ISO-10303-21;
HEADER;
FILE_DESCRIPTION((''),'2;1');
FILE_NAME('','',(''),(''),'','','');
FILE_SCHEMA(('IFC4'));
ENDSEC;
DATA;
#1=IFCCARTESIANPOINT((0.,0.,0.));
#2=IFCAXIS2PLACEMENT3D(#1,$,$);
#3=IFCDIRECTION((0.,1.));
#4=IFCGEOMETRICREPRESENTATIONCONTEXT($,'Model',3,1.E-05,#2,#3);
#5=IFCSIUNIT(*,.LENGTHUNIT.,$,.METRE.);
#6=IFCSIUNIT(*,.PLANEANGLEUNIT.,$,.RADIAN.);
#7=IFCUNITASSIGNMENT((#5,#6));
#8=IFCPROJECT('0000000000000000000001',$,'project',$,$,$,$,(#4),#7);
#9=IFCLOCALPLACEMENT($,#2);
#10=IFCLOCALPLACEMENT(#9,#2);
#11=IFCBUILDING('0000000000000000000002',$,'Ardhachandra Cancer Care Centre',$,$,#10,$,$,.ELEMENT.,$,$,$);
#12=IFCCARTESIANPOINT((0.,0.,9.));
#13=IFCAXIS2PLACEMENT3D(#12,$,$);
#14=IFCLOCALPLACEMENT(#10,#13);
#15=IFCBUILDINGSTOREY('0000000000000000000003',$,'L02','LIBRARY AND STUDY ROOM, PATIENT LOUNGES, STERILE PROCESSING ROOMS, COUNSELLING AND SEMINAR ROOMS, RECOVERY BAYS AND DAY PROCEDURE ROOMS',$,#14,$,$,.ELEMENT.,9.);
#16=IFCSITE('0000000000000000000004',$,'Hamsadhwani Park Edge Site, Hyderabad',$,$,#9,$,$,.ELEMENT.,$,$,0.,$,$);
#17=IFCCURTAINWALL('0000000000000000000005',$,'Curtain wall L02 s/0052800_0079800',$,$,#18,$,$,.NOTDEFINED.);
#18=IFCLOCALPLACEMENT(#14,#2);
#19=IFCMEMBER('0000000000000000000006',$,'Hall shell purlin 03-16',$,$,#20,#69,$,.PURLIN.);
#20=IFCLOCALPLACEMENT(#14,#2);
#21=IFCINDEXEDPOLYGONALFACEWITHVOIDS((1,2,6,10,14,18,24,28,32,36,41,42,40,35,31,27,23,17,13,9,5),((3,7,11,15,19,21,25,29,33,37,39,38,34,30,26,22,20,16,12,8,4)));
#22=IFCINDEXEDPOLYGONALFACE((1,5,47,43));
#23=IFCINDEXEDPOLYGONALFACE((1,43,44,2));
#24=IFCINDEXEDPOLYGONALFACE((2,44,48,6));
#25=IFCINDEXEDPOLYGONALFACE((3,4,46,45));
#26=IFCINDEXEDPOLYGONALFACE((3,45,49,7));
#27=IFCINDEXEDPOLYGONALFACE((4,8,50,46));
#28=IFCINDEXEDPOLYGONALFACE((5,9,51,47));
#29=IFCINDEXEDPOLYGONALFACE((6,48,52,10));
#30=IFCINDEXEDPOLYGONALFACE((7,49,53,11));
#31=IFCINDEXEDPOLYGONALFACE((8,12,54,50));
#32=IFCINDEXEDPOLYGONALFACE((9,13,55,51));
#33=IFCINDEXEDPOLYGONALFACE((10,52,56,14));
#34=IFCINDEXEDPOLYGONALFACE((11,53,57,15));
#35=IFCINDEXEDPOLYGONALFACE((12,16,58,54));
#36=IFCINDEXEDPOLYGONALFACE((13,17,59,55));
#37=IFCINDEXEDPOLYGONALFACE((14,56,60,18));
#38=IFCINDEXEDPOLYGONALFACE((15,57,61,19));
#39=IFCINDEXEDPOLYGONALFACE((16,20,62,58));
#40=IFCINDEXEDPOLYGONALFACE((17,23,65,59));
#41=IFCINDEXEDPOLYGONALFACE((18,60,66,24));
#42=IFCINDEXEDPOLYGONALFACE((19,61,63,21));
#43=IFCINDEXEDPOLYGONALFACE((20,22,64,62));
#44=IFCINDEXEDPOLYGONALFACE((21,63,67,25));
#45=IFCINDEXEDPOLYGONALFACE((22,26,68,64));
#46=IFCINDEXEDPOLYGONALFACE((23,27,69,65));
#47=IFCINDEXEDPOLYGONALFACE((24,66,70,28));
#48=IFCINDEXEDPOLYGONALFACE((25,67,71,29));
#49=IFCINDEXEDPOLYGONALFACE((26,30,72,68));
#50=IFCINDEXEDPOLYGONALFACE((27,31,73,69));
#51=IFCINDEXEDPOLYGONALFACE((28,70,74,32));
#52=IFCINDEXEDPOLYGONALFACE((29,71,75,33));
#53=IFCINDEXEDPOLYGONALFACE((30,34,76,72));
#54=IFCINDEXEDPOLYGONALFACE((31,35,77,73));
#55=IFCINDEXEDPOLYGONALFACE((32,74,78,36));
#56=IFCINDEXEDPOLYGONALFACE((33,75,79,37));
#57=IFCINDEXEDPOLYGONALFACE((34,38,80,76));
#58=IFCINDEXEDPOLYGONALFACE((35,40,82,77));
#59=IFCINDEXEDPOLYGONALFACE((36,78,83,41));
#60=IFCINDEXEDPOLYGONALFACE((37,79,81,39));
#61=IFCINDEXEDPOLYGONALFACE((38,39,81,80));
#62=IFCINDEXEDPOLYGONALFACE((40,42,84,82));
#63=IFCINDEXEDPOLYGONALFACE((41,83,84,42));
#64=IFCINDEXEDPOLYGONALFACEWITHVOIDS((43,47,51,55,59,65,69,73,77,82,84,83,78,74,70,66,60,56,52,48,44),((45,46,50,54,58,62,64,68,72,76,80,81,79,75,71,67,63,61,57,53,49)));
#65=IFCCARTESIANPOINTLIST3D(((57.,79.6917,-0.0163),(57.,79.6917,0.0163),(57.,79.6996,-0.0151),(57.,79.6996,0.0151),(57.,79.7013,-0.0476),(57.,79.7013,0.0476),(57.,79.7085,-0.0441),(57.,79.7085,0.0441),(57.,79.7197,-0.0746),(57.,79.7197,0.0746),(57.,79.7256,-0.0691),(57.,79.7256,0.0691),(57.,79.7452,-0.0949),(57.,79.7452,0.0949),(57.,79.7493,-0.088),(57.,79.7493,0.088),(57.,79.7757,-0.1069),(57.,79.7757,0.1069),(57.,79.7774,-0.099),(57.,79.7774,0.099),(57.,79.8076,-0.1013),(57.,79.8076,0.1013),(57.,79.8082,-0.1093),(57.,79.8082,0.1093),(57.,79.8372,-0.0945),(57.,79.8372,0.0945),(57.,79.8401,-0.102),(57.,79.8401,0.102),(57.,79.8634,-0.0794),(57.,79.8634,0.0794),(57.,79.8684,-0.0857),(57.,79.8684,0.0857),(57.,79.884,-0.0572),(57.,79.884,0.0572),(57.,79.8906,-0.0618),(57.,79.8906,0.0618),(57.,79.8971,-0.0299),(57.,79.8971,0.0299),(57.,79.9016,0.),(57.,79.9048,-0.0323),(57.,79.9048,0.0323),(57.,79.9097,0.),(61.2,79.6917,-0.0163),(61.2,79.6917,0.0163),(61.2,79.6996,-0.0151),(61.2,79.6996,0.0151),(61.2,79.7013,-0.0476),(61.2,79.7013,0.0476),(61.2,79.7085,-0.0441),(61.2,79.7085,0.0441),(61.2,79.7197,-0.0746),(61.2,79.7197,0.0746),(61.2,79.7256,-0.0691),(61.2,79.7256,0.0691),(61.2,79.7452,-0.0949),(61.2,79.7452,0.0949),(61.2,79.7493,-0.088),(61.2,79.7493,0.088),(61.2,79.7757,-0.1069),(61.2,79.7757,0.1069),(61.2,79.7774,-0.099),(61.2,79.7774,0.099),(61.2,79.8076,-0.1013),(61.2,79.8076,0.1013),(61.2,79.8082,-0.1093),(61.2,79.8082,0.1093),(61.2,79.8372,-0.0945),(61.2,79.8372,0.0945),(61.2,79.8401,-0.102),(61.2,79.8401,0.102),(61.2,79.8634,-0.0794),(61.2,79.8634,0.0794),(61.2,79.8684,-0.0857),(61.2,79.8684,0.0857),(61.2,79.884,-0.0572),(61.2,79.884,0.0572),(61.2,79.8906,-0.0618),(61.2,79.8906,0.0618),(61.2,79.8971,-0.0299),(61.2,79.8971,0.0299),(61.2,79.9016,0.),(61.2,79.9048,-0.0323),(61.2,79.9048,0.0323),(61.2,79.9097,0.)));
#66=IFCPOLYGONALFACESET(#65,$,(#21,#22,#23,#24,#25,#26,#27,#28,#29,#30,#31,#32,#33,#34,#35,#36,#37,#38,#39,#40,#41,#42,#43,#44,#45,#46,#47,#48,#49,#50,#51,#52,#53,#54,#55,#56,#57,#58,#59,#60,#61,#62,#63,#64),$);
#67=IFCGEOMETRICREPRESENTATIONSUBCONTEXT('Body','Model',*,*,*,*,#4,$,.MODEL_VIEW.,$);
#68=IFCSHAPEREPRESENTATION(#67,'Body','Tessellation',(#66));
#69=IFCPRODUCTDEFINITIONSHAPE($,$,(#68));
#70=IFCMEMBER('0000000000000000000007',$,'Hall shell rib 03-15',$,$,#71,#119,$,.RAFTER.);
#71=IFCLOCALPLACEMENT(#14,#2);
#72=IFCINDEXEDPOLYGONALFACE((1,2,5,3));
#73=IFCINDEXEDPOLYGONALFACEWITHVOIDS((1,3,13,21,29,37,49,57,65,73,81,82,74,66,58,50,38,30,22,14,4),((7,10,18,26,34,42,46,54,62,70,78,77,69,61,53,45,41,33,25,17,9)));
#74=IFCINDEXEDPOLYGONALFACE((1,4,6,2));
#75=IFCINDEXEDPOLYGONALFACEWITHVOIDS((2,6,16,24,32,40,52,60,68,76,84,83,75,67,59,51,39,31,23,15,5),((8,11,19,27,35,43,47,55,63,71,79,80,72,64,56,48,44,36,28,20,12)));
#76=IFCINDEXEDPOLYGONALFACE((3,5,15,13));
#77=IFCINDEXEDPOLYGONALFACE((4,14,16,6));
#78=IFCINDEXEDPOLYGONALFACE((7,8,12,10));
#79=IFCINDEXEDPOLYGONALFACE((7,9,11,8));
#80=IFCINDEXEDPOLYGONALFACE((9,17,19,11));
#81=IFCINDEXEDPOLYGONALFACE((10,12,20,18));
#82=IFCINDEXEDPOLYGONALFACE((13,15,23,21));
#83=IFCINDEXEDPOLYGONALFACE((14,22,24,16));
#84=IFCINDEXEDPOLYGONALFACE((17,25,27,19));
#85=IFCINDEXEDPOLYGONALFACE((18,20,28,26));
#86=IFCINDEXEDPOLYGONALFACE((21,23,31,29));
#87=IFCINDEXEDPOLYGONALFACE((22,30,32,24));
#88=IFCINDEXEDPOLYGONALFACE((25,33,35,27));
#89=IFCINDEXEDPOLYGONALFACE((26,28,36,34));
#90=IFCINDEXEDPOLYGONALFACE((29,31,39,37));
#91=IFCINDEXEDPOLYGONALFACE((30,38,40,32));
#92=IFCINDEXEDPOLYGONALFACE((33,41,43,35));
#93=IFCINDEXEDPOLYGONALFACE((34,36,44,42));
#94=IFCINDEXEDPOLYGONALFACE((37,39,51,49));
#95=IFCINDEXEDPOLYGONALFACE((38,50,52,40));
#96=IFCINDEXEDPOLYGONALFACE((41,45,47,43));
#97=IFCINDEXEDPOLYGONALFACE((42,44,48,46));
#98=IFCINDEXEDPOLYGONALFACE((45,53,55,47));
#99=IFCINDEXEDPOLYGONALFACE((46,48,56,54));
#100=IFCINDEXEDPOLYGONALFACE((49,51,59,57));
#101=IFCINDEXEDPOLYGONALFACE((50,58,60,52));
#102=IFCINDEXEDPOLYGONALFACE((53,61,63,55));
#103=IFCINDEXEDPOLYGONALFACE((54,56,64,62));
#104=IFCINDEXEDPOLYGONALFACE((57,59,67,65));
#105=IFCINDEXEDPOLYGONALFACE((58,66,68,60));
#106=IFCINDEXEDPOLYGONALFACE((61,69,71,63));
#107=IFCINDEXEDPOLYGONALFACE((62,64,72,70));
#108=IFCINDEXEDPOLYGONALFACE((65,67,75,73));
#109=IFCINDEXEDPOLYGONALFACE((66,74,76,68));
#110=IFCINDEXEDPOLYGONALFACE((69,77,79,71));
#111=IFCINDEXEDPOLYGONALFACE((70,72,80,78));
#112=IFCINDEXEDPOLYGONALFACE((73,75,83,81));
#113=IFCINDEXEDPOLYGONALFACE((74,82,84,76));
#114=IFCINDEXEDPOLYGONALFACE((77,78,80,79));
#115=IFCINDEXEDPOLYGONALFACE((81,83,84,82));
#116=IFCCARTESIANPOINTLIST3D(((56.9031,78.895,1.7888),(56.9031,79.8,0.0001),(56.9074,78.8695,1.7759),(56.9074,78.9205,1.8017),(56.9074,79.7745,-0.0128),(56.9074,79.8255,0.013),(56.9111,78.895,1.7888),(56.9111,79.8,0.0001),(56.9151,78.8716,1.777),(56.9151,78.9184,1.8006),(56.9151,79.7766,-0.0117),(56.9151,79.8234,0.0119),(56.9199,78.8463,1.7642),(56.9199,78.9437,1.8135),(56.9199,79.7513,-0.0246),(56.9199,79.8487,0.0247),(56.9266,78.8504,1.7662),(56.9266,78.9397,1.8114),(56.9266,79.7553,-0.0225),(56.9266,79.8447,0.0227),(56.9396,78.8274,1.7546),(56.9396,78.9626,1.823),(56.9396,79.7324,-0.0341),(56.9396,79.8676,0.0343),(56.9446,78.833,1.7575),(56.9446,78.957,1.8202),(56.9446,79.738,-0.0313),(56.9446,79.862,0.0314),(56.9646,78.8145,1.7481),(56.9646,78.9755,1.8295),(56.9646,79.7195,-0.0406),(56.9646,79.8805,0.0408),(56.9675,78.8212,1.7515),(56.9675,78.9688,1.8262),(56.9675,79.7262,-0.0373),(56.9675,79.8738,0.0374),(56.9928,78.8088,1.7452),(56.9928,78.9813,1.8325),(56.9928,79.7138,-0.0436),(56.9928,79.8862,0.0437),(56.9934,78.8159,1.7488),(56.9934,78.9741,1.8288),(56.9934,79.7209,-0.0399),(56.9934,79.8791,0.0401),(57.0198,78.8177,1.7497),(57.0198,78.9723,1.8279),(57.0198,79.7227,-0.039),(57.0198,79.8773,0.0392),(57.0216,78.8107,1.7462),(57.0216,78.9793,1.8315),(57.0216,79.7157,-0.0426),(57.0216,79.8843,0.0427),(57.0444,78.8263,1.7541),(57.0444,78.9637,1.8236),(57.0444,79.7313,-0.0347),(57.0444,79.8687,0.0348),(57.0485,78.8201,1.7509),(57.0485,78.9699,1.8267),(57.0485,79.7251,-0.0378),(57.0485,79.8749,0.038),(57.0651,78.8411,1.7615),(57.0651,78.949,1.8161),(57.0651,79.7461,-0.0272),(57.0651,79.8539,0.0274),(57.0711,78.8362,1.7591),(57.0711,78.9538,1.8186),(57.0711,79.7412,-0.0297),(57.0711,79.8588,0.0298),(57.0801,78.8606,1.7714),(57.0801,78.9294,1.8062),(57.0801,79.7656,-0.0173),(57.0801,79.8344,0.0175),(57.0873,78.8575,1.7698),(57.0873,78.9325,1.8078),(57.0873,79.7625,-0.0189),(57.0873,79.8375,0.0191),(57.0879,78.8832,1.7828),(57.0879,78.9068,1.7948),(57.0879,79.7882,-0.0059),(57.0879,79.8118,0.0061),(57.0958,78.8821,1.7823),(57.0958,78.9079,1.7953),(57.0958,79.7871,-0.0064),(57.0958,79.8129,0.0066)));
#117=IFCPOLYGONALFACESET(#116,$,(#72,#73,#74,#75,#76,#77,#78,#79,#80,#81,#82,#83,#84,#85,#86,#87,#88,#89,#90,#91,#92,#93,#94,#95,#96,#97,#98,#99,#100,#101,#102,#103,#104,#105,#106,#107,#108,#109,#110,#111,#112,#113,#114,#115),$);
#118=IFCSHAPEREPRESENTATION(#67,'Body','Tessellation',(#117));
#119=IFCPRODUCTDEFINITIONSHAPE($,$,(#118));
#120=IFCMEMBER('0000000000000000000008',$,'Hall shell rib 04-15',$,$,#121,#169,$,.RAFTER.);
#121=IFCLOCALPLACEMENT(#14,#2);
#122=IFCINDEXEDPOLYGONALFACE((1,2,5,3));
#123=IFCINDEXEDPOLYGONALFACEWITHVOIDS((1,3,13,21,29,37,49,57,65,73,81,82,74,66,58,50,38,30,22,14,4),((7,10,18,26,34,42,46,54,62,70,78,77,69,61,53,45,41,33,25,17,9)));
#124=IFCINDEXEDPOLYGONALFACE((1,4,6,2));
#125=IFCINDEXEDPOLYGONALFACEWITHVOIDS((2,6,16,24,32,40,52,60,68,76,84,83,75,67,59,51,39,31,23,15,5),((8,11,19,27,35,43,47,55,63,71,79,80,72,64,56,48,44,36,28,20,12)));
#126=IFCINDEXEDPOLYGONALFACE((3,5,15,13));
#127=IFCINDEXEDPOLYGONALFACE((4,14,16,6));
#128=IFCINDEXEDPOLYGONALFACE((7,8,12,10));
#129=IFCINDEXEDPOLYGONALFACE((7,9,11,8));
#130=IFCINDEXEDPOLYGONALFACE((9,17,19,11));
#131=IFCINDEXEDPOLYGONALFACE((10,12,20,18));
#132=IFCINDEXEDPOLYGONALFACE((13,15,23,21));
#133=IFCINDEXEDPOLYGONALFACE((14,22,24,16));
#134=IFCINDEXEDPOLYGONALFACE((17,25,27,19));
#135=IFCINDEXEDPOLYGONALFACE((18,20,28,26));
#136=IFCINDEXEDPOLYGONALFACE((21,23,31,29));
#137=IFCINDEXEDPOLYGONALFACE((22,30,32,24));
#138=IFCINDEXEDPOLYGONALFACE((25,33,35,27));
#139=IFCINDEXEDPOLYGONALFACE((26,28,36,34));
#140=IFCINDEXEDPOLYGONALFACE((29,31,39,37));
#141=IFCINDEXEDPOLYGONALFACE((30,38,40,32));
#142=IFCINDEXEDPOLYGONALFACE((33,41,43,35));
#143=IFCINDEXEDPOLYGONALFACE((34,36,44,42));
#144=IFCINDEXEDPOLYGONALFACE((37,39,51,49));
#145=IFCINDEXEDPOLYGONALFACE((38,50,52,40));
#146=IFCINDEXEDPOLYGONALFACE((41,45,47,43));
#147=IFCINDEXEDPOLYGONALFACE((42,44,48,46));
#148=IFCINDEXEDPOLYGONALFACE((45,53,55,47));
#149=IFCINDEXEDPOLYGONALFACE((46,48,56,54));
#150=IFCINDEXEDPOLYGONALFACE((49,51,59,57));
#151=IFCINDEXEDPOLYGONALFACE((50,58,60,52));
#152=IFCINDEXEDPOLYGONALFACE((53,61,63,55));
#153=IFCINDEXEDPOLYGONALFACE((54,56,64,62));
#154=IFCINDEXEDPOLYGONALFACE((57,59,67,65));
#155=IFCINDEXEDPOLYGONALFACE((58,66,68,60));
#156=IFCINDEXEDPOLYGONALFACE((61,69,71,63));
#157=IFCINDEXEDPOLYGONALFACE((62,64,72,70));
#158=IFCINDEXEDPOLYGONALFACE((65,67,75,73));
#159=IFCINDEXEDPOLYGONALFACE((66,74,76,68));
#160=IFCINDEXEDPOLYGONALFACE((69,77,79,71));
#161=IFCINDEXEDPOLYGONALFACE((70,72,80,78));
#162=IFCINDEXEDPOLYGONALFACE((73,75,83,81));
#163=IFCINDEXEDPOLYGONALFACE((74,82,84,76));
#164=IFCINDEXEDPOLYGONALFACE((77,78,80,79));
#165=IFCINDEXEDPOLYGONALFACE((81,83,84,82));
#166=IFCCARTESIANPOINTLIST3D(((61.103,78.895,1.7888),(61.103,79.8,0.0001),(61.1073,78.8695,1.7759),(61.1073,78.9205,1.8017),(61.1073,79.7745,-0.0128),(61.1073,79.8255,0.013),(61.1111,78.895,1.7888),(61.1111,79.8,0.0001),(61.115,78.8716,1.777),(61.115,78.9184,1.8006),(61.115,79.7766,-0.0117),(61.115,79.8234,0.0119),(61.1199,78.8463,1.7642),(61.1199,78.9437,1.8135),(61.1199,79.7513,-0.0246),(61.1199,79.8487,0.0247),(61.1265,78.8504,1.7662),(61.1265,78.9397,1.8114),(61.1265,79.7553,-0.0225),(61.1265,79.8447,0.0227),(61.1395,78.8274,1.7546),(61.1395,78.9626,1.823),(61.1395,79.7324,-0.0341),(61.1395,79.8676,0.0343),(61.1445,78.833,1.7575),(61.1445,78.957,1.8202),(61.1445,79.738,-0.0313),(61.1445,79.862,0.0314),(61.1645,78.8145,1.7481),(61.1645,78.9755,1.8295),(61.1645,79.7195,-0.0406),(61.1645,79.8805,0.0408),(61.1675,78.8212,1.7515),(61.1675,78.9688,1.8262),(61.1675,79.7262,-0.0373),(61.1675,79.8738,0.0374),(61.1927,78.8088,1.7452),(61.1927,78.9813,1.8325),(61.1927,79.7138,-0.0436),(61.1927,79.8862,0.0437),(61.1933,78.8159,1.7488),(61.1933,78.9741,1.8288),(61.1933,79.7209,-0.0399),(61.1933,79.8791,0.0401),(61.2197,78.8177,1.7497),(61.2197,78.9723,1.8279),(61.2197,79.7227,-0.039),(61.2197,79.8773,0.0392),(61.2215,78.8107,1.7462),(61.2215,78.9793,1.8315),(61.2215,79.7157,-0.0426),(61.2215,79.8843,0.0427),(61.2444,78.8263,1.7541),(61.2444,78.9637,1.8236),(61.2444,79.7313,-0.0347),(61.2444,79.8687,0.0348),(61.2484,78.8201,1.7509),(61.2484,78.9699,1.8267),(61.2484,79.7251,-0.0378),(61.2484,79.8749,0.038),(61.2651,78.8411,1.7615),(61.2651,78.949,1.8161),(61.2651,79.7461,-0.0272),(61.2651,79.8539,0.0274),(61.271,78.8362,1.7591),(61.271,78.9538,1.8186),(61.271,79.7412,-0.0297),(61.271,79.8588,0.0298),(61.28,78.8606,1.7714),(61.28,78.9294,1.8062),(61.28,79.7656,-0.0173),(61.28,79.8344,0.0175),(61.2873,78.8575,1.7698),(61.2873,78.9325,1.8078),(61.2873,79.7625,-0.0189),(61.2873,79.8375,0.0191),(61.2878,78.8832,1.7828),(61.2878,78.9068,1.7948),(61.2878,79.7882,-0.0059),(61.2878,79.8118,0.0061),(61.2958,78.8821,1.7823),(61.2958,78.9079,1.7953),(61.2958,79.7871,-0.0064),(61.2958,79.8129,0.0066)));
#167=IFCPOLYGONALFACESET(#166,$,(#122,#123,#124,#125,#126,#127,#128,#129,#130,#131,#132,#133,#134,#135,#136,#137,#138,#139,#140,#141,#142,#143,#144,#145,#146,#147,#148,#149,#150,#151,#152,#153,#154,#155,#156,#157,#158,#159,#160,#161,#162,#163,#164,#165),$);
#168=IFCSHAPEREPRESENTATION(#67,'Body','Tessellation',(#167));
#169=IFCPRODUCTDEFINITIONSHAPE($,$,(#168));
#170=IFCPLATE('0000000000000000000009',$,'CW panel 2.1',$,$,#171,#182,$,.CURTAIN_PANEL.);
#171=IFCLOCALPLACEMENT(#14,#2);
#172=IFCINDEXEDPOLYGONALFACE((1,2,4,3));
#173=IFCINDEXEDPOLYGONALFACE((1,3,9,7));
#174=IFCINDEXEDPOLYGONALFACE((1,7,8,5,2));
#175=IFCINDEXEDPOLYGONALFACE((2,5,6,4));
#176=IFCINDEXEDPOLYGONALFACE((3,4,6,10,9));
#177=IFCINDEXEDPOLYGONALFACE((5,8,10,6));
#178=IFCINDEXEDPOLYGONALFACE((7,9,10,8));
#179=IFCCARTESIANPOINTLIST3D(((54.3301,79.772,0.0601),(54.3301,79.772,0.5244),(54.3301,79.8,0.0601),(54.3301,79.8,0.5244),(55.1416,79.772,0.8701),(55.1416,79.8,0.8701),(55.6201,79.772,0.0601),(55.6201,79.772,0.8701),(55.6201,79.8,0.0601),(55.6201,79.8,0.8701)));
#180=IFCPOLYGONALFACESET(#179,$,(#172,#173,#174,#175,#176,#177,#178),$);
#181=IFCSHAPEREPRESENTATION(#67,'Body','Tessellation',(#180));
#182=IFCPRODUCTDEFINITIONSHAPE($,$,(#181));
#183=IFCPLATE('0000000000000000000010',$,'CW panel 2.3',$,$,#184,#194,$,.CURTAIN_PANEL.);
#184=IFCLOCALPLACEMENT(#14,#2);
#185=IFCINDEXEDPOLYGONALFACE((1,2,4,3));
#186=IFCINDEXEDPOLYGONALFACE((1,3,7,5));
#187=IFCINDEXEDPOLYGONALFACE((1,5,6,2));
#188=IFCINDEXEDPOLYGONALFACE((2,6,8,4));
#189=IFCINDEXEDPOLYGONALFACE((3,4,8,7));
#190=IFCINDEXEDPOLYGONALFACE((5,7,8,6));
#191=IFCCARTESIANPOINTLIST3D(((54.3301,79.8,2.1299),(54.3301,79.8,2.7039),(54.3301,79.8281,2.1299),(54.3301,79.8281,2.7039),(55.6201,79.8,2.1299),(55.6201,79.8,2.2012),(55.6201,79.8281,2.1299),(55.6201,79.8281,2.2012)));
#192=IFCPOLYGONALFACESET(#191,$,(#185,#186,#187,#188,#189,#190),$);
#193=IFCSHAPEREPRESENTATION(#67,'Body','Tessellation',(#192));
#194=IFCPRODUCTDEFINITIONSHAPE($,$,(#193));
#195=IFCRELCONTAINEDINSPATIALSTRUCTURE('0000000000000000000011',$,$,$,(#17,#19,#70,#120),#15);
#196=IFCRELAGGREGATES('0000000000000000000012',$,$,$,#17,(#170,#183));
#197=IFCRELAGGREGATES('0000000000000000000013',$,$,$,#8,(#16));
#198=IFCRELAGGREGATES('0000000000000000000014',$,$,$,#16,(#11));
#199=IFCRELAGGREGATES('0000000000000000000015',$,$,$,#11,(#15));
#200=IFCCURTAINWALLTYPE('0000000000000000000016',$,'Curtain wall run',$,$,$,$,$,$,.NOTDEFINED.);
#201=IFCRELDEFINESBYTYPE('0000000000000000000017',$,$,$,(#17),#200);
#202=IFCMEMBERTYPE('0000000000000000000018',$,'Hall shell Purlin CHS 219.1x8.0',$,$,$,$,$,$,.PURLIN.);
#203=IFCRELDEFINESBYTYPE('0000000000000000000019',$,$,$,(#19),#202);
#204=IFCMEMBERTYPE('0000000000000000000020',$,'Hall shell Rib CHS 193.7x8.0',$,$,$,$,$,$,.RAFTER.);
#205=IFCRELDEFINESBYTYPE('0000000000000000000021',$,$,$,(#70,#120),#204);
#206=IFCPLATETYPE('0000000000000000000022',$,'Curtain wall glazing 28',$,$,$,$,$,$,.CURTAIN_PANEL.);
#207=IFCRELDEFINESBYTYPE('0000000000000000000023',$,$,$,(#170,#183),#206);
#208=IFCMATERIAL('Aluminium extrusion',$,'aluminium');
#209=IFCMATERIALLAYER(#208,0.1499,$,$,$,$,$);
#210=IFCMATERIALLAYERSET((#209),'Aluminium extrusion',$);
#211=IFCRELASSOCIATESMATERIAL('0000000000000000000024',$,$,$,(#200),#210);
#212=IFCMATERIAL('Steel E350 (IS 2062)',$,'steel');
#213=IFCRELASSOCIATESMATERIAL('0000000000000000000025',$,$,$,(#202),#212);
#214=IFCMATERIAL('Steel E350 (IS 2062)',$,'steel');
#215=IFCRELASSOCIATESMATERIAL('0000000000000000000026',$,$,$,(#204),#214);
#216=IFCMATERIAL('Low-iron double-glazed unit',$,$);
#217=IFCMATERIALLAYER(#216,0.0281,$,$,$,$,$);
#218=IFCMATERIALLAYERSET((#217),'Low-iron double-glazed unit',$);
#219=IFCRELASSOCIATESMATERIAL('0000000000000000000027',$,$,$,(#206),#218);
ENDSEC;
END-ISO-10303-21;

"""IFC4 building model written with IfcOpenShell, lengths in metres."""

from ifc_helpers import new_model, si_unit, direction, frame, origin, origin_2d, place, context, subcontext, project, spatial, polyline, hollow_circle, outline, extrude, material, layer, layer_set, material_profile, profile_set, type_object, element, aggregate, save


model = new_model("IFC4")

# Units and contexts
model_context = context("Model", 3, precision=1e-05, world=origin(), true_north=direction((0.0, 1.0)))
body_context = subcontext(model_context, "Body", "Model", "MODEL_VIEW")
ifc_project = project(units=[si_unit("LENGTHUNIT", "METRE"), si_unit("PLANEANGLEUNIT", "RADIAN")], contexts=[model_context])

# Site, building, storey
site_placement = place(None, origin())
site = spatial("IfcSite", under=ifc_project, at=site_placement, Name="Hamsadhwani Park Edge Site, Hyderabad", CompositionType="ELEMENT", RefElevation=0.0)
building_placement = place(site_placement, origin())
building = spatial("IfcBuilding", under=site, at=building_placement, Name="Ardhachandra Cancer Care Centre", CompositionType="ELEMENT")
storey_placement = place(building_placement, frame((0.0, 0.0, 9.0)))
storey = spatial("IfcBuildingStorey", under=building, at=storey_placement, Name="L02", Description="LIBRARY AND STUDY ROOM, PATIENT LOUNGES, STERILE PROCESSING ROOMS, COUNSELLING AND SEMINAR ROOMS, RECOVERY BAYS AND DAY PROCEDURE ROOMS", CompositionType="ELEMENT", Elevation=9.0)

# Curtain wall
ifc_material_1 = material(Name="Aluminium extrusion", Category="aluminium")
ifc_layer_1 = layer(ifc_material_1, 0.1499)
ifc_layer_set_1 = layer_set([ifc_layer_1], Name="Aluminium extrusion")
curtain_wall_type = type_object("IfcCurtainWallType", Name="Curtain wall run", PredefinedType="NOTDEFINED", material=ifc_layer_set_1)
curtain_wall_placement = place(storey_placement, origin())
curtain_wall = element("IfcCurtainWall", 1, at=curtain_wall_placement, inside=storey, type_object=curtain_wall_type, Name="Curtain wall L02 s/0052800_0079800", PredefinedType="NOTDEFINED")

# Members
ifc_material_2 = material(Name="Steel E350 (IS 2062)", Category="steel")
ifc_material_profile_1 = material_profile(ifc_material_2, hollow_circle(Radius=0.1096, WallThickness=0.0081, at=origin_2d()), Name="CHS 219.1x8.0")
ifc_profile_set_1 = profile_set([ifc_material_profile_1], Name="Steel E350 (IS 2062)")
member_type_1 = type_object("IfcMemberType", Name="Hall shell Purlin CHS 219.1x8.0", PredefinedType="PURLIN", material=ifc_profile_set_1)
member_1_placement = place(storey_placement, frame((57.0, 79.8, 0.0), z_axis=(1.0, 0.0, 0.0), x_axis=(0.0, 1.0, 0.0)))
element("IfcMember", 2, at=member_1_placement, inside=storey, type_object=member_type_1, Name="Hall shell purlin 03-16", PredefinedType="PURLIN", context=body_context, shape_type="SweptSolid", body=[
    extrude(hollow_circle(Radius=0.1096, WallThickness=0.0081, at=origin_2d()), origin(), (0.0, 0.0, 1.0), 4.2),
])
ifc_material_3 = material(Name="Steel E350 (IS 2062)", Category="steel")
ifc_material_profile_2 = material_profile(ifc_material_3, hollow_circle(Radius=0.0969, WallThickness=0.0081, at=origin_2d()), Name="CHS 193.7x8.0")
ifc_profile_set_2 = profile_set([ifc_material_profile_2], Name="Steel E350 (IS 2062)")
member_type_2 = type_object("IfcMemberType", Name="Hall shell Rib CHS 193.7x8.0", PredefinedType="RAFTER", material=ifc_profile_set_2)
for number, where, z_axis, x_axis, name in (
    (3, (57.0, 78.895, 1.7888), (0.0, 0.451447, -0.892298), (-1.0, 0.0, 0.0), "Hall shell rib 03-15"),
    (4, (61.2, 78.895, 1.7888), (0.0, 0.451447, -0.892298), (-1.0, 0.0, 0.0), "Hall shell rib 04-15"),
):
    element("IfcMember", number, at=place(storey_placement, frame(where, z_axis=z_axis, x_axis=x_axis)), inside=storey, type_object=member_type_2, Name=name, PredefinedType="RAFTER", context=body_context, shape_type="SweptSolid", body=[
        extrude(hollow_circle(Radius=0.0969, WallThickness=0.0081, at=origin_2d()), origin(), (0.0, 0.0, 1.0), 2.0046),
    ])

# Plates
ifc_material_4 = material(Name="Low-iron double-glazed unit")
ifc_layer_2 = layer(ifc_material_4, 0.0281)
ifc_layer_set_2 = layer_set([ifc_layer_2], Name="Low-iron double-glazed unit")
plate_type_1 = type_object("IfcPlateType", Name="Curtain wall glazing 28", PredefinedType="CURTAIN_PANEL", material=ifc_layer_set_2)
plate_1_placement = place(storey_placement, frame((55.6201, 79.8, 0.8701), z_axis=(0.0, 1.0, 0.0), x_axis=(0.0, 0.0, -1.0)))
plate_1 = element("IfcPlate", 5, at=plate_1_placement, type_object=plate_type_1, Name="CW panel 2.1", PredefinedType="CURTAIN_PANEL", context=body_context, shape_type="SweptSolid", body=[
    extrude(outline(polyline([(0.0, 0.0), (0.8101, 0.0), (0.8101, 1.29), (0.3457, 1.29), (0.0, 0.4785), (0.0, 0.0)])), frame((0.0, 0.0, -0.0281)), (0.0, 0.0, 1.0), 0.0281),
])
plate_2_placement = place(storey_placement, frame((55.6201, 79.8, 2.1299), z_axis=(0.0, 1.0, 0.0), x_axis=(-1.0, 0.0, 0.0)))
plate_2 = element("IfcPlate", 6, at=plate_2_placement, type_object=plate_type_1, Name="CW panel 2.3", PredefinedType="CURTAIN_PANEL", context=body_context, shape_type="SweptSolid", body=[
    extrude(outline(polyline([(0.0, 0.0), (1.29, 0.0), (1.29, 0.574), (0.0, 0.0713), (0.0, 0.0)])), origin(), (0.0, 0.0, 1.0), 0.0281),
])
aggregate(curtain_wall, [plate_1, plate_2])

save(model, "model.ifc")
